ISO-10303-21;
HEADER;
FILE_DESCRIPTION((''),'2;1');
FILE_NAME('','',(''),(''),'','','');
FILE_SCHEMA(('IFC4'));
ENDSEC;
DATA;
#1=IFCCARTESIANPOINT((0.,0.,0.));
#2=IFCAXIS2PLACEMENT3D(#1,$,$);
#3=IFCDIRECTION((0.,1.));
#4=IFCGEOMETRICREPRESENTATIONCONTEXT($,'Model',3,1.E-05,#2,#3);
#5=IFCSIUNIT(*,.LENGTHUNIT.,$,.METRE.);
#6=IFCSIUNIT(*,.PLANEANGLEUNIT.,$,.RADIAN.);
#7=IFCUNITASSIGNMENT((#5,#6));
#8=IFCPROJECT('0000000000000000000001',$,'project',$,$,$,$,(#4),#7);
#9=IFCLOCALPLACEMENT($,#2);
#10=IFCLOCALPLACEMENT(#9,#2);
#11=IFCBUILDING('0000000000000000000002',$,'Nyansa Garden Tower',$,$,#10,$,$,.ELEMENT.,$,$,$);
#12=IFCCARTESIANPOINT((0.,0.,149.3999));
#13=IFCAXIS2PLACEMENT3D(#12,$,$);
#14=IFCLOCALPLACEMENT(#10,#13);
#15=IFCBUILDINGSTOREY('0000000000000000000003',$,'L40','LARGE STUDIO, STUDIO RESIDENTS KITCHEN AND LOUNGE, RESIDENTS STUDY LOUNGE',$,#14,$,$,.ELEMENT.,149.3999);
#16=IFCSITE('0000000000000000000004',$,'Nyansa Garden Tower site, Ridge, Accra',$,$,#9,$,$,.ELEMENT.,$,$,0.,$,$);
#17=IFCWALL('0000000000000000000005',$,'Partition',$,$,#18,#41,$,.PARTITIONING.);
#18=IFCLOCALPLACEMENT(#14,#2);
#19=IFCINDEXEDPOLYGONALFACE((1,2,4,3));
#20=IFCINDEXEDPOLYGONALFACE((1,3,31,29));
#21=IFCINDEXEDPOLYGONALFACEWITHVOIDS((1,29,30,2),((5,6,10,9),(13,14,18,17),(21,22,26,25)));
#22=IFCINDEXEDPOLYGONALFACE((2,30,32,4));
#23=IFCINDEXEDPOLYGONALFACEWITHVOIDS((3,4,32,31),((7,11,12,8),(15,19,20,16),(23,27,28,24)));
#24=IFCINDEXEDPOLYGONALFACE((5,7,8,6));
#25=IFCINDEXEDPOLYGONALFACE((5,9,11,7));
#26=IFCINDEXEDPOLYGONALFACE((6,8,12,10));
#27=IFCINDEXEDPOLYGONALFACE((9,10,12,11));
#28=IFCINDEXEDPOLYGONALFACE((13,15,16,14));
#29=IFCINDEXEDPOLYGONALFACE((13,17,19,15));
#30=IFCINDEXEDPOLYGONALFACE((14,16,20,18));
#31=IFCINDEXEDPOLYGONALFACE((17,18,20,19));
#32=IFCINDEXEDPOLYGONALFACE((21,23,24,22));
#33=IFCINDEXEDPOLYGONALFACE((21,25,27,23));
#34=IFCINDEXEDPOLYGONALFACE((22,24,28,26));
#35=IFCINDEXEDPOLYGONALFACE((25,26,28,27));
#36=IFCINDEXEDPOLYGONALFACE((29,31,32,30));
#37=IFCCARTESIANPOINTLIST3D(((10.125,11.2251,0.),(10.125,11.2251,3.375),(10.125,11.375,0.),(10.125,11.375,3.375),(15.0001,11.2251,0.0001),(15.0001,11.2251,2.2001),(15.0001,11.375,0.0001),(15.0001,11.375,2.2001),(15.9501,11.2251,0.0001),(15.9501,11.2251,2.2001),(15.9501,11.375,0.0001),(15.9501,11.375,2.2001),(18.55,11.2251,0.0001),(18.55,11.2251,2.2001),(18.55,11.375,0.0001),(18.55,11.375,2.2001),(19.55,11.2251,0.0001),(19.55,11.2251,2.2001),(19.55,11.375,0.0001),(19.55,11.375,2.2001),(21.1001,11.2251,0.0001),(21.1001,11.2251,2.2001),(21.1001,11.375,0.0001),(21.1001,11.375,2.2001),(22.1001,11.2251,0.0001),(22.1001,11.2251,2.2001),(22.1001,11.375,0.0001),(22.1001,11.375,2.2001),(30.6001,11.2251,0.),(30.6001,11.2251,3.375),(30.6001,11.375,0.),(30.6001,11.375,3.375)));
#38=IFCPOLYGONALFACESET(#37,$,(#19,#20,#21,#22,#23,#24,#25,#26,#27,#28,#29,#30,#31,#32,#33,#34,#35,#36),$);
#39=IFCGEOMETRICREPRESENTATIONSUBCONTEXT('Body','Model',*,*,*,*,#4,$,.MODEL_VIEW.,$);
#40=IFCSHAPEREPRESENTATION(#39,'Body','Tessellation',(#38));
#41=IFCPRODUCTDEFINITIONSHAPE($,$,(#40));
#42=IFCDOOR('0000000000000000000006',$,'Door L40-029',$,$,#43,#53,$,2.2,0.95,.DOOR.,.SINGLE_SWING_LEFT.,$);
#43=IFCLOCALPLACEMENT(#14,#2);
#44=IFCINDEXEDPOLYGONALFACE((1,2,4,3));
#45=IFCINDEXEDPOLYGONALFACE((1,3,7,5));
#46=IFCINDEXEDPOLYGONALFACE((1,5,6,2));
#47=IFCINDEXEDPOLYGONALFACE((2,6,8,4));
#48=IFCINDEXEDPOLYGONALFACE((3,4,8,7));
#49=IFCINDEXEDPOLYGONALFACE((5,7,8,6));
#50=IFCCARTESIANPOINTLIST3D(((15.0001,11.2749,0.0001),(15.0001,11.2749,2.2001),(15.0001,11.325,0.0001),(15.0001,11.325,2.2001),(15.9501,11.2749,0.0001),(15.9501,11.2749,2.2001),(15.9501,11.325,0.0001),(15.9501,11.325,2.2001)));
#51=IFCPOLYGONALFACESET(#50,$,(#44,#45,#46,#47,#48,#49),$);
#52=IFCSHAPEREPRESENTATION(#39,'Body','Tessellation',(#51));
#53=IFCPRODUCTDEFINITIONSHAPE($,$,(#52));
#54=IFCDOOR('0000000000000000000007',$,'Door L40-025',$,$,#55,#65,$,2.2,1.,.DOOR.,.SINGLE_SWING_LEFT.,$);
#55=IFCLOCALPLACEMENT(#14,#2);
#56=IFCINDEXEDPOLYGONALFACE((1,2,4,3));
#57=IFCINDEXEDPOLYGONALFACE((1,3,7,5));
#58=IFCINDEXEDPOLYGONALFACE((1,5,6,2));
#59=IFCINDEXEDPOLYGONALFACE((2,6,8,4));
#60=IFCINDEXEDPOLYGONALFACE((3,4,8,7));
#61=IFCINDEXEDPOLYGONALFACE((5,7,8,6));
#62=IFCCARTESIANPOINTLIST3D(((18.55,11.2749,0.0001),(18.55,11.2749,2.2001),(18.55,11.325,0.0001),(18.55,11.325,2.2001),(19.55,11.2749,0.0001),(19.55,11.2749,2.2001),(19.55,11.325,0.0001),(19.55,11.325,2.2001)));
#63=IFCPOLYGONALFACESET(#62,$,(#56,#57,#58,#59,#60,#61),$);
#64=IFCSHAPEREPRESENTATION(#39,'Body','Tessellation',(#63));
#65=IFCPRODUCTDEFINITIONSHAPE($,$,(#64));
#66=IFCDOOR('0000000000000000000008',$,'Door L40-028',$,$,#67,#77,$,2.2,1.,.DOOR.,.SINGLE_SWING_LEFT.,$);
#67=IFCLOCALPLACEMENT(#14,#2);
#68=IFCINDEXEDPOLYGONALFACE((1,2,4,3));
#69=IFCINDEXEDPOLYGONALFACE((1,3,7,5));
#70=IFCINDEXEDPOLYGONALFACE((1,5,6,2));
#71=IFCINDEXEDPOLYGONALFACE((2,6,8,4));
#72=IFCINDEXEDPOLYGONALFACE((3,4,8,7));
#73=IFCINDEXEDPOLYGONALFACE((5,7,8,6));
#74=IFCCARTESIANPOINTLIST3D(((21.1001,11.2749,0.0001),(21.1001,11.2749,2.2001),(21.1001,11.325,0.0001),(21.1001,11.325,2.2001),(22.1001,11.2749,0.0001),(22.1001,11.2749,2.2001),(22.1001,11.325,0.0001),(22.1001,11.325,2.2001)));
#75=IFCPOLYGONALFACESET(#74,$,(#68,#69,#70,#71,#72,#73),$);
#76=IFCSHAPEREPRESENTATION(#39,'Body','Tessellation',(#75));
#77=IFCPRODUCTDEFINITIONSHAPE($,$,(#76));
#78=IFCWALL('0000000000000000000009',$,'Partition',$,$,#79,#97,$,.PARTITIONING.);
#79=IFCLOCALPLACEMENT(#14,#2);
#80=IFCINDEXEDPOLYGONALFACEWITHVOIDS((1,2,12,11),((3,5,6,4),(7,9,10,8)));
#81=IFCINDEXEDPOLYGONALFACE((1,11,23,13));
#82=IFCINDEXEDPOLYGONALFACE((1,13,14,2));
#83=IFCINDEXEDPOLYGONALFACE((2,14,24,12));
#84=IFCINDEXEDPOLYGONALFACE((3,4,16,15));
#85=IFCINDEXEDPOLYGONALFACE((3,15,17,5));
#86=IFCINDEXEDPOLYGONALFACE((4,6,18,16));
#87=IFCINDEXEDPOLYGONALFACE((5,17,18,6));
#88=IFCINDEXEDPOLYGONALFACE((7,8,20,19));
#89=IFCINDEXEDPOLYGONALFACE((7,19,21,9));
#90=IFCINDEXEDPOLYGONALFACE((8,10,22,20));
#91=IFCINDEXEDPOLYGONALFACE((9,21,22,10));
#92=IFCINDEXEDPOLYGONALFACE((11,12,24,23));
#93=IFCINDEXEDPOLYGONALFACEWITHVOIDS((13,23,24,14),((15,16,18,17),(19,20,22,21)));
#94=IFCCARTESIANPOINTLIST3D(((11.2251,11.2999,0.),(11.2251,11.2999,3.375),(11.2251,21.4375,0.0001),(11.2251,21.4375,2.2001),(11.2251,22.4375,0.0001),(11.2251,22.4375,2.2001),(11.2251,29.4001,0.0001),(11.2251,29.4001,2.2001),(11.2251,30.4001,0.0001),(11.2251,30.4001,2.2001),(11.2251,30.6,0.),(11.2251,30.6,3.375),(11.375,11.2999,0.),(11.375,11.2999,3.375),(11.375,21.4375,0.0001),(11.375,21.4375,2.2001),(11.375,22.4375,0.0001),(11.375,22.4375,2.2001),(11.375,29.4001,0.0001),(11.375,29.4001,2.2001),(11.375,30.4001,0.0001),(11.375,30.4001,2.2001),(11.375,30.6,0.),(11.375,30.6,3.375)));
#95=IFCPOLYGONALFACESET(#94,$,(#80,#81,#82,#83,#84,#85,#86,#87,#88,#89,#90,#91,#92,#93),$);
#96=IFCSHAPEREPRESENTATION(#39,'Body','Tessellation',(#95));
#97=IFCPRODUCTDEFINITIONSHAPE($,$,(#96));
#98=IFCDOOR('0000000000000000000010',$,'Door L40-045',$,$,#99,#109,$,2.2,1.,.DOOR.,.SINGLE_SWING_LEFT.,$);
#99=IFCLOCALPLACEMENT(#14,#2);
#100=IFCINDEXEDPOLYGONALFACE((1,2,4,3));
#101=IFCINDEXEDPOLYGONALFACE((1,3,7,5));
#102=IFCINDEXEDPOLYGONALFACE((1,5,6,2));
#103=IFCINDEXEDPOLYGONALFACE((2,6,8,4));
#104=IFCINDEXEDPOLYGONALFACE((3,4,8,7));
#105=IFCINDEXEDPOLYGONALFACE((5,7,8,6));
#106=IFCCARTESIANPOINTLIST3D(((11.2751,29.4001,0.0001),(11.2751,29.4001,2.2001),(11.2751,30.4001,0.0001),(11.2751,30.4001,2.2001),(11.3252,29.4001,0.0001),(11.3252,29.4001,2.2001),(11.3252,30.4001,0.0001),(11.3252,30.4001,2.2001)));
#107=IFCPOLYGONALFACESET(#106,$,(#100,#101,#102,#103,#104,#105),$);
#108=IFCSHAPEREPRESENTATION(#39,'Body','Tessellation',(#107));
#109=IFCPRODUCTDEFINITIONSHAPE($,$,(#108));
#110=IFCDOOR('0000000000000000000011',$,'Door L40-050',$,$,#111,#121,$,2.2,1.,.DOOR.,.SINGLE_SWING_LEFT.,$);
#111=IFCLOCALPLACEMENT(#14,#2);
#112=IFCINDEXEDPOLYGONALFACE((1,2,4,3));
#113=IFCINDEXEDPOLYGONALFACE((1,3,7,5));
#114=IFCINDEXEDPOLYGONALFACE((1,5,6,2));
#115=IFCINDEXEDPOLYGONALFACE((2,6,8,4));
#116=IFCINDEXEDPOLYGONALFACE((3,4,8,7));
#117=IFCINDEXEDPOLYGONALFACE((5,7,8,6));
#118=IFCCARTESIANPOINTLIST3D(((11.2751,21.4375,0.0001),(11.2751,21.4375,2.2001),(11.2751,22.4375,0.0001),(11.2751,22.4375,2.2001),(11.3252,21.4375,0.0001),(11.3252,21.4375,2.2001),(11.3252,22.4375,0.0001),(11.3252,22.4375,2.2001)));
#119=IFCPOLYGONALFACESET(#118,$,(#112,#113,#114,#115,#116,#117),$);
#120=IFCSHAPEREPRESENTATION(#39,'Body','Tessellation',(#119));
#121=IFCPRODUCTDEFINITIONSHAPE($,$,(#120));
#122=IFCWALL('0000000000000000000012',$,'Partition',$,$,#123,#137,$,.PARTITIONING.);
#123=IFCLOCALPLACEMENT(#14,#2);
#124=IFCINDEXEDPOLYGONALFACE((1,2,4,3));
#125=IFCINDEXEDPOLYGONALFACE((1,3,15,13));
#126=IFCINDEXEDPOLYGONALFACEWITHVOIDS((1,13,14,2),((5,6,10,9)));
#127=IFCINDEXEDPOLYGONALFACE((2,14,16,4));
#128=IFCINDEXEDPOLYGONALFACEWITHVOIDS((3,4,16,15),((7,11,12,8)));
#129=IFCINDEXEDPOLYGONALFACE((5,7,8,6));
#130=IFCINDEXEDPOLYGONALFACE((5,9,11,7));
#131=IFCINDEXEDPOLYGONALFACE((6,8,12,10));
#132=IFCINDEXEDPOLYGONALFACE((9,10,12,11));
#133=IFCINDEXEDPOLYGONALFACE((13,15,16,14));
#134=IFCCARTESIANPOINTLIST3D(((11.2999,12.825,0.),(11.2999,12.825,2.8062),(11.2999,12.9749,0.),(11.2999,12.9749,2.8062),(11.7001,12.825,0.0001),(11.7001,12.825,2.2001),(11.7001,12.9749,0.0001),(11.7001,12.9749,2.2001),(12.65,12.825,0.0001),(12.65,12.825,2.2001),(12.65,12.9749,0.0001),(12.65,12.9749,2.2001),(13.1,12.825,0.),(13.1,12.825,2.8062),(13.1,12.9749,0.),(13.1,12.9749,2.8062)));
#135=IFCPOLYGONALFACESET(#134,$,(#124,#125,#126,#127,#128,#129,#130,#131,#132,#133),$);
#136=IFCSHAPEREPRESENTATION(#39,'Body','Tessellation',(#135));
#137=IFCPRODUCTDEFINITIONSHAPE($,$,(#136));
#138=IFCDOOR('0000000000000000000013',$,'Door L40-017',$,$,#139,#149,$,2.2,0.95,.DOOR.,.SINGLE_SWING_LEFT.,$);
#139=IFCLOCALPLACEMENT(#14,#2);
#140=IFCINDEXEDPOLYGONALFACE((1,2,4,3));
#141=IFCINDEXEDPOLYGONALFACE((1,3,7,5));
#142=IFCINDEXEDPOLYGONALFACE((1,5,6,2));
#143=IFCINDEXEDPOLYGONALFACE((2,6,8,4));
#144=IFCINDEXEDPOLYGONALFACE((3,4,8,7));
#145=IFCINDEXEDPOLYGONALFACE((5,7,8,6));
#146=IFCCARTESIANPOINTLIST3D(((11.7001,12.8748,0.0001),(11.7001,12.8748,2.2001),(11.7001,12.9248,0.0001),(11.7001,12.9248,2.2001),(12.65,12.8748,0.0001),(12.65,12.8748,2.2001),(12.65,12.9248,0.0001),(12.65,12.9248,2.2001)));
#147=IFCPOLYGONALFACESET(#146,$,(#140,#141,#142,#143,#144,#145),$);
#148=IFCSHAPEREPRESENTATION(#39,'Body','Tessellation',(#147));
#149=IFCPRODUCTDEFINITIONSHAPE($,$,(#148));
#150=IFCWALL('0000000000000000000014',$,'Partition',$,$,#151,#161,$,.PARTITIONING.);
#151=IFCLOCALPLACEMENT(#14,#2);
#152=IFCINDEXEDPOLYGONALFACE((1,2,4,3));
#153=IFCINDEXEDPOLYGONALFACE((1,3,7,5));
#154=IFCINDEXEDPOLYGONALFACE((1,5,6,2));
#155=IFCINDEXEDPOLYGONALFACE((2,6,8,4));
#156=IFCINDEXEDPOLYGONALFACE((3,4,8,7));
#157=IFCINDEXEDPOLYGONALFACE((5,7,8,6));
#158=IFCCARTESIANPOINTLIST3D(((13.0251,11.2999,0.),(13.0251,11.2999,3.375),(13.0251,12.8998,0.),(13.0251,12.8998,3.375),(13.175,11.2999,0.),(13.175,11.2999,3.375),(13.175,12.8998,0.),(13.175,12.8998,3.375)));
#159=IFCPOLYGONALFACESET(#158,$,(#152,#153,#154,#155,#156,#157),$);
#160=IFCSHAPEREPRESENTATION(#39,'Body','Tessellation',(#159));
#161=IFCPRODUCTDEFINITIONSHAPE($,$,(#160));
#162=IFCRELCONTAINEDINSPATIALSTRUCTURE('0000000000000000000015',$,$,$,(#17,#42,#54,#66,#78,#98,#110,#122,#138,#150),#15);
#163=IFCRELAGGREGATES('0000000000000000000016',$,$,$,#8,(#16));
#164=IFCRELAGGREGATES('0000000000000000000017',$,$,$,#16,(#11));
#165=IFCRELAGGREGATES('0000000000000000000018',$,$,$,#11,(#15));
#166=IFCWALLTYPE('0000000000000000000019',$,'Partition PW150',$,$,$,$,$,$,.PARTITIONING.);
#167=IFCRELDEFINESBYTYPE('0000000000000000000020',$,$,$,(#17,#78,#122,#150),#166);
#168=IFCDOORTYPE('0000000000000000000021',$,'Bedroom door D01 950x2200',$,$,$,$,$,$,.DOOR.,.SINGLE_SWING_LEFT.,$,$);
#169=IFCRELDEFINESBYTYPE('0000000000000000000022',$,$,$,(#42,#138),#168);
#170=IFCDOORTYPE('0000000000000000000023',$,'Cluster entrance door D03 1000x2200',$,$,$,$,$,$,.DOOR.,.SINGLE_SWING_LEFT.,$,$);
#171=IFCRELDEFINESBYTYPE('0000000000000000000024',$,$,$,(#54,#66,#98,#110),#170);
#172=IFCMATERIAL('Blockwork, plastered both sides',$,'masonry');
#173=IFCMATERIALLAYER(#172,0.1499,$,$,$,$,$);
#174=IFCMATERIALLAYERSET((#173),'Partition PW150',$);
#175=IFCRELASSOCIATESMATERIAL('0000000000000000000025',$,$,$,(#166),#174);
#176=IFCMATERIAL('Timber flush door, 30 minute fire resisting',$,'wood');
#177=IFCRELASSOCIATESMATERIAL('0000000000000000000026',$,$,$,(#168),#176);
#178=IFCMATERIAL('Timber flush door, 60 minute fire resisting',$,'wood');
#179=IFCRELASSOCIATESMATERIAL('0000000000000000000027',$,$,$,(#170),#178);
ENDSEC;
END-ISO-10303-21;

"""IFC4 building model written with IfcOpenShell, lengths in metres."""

from ifc_helpers import new_model, si_unit, direction, frame, frame_2d, origin, place, context, subcontext, project, spatial, rectangle, extrude, material, layer, layer_set, type_object, element, fill, save


model = new_model("IFC4")

# Units and contexts
model_context = context("Model", 3, precision=1e-05, world=origin(), true_north=direction((0.0, 1.0)))
body_context = subcontext(model_context, "Body", "Model", "MODEL_VIEW")
ifc_project = project(units=[si_unit("LENGTHUNIT", "METRE"), si_unit("PLANEANGLEUNIT", "RADIAN")], contexts=[model_context])

# Site, building, storey
site_placement = place(None, origin())
site = spatial("IfcSite", under=ifc_project, at=site_placement, Name="Nyansa Garden Tower site, Ridge, Accra", CompositionType="ELEMENT", RefElevation=0.0)
building_placement = place(site_placement, origin())
building = spatial("IfcBuilding", under=site, at=building_placement, Name="Nyansa Garden Tower", CompositionType="ELEMENT")
storey_placement = place(building_placement, frame((0.0, 0.0, 149.3999)))
storey = spatial("IfcBuildingStorey", under=building, at=storey_placement, Name="L40", Description="LARGE STUDIO, STUDIO RESIDENTS KITCHEN AND LOUNGE, RESIDENTS STUDY LOUNGE", CompositionType="ELEMENT", Elevation=149.3999)

# Shared definitions
ifc_material_1 = material(Name="Blockwork, plastered both sides", Category="masonry")
ifc_layer = layer(ifc_material_1, 0.1499)
ifc_layer_set = layer_set([ifc_layer], Name="Partition PW150")
wall_type = type_object("IfcWallType", Name="Partition PW150", PredefinedType="PARTITIONING", material=ifc_layer_set)

# Walls, openings, doors
wall_1_placement = place(storey_placement, frame((10.125, 11.3, 0.0), z_axis=(0.0, 0.0, 1.0), x_axis=(1.0, 0.0, 0.0)))
wall_1 = element("IfcWall", 1, at=wall_1_placement, inside=storey, type_object=wall_type, Name="Partition", PredefinedType="PARTITIONING", context=body_context, shape_type="SweptSolid", body=[
    extrude(rectangle(XDim=20.4751, YDim=0.1499, at=frame_2d((10.2375, 0.0))), origin(), (0.0, 0.0, 1.0), 3.375),
])
opening_1_placement = place(wall_1_placement, frame((8.425, 0.0, 0.0)))
opening_1 = element("IfcOpeningElement", 2, at=opening_1_placement, cuts=wall_1, PredefinedType="OPENING", context=body_context, shape_type="SweptSolid", body=[
    extrude(rectangle(XDim=1.0, YDim=2.2, at=frame_2d((0.5, 1.1001))), frame((0.0, 0.085, 0.0), z_axis=(0.0, -1.0, 0.0), x_axis=(1.0, 0.0, 0.0)), (0.0, 0.0, 1.0), 0.1699),
])
opening_2_placement = place(wall_1_placement, frame((10.9751, 0.0, 0.0)))
opening_2 = element("IfcOpeningElement", 3, at=opening_2_placement, cuts=wall_1, PredefinedType="OPENING", context=body_context, shape_type="SweptSolid", body=[
    extrude(rectangle(XDim=1.0, YDim=2.2, at=frame_2d((0.5, 1.1001))), frame((0.0, 0.085, 0.0), z_axis=(0.0, -1.0, 0.0), x_axis=(1.0, 0.0, 0.0)), (0.0, 0.0, 1.0), 0.1699),
])
opening_3_placement = place(wall_1_placement, frame((4.875, 0.0, 0.0)))
opening_3 = element("IfcOpeningElement", 4, at=opening_3_placement, cuts=wall_1, PredefinedType="OPENING", context=body_context, shape_type="SweptSolid", body=[
    extrude(rectangle(XDim=0.95, YDim=2.2, at=frame_2d((0.4751, 1.1001))), frame((0.0, 0.085, 0.0), z_axis=(0.0, -1.0, 0.0), x_axis=(1.0, 0.0, 0.0)), (0.0, 0.0, 1.0), 0.1699),
])
ifc_material_2 = material(Name="Timber flush door, 30 minute fire resisting", Category="wood")
door_type_1 = type_object("IfcDoorType", Name="Bedroom door D01 950x2200", OperationType="SINGLE_SWING_LEFT", PredefinedType="DOOR", material=ifc_material_2)
door_1_placement = place(opening_3_placement, origin())
door_1 = element("IfcDoor", 5, at=door_1_placement, inside=storey, type_object=door_type_1, Name="Door L40-029", OperationType="SINGLE_SWING_LEFT", OverallHeight=2.2, OverallWidth=0.95, PredefinedType="DOOR", context=body_context, shape_type="SweptSolid", body=[
    extrude(rectangle(XDim=0.95, YDim=2.2, at=frame_2d((0.4751, 1.1001))), frame((0.0, 0.0249, 0.0), z_axis=(0.0, -1.0, 0.0), x_axis=(1.0, 0.0, 0.0)), (0.0, 0.0, 1.0), 0.05),
])
fill(opening_3, door_1)
ifc_material_3 = material(Name="Timber flush door, 60 minute fire resisting", Category="wood")
door_type_2 = type_object("IfcDoorType", Name="Cluster entrance door D03 1000x2200", OperationType="SINGLE_SWING_LEFT", PredefinedType="DOOR", material=ifc_material_3)
door_2_placement = place(opening_1_placement, origin())
door_2 = element("IfcDoor", 6, at=door_2_placement, inside=storey, type_object=door_type_2, Name="Door L40-025", OperationType="SINGLE_SWING_LEFT", OverallHeight=2.2, OverallWidth=1.0, PredefinedType="DOOR", context=body_context, shape_type="SweptSolid", body=[
    extrude(rectangle(XDim=1.0, YDim=2.2, at=frame_2d((0.5, 1.1001))), frame((0.0, 0.0249, 0.0), z_axis=(0.0, -1.0, 0.0), x_axis=(1.0, 0.0, 0.0)), (0.0, 0.0, 1.0), 0.05),
])
fill(opening_1, door_2)
door_3_placement = place(opening_2_placement, origin())
door_3 = element("IfcDoor", 7, at=door_3_placement, inside=storey, type_object=door_type_2, Name="Door L40-028", OperationType="SINGLE_SWING_LEFT", OverallHeight=2.2, OverallWidth=1.0, PredefinedType="DOOR", context=body_context, shape_type="SweptSolid", body=[
    extrude(rectangle(XDim=1.0, YDim=2.2, at=frame_2d((0.5, 1.1001))), frame((0.0, 0.0249, 0.0), z_axis=(0.0, -1.0, 0.0), x_axis=(1.0, 0.0, 0.0)), (0.0, 0.0, 1.0), 0.05),
])
fill(opening_2, door_3)
wall_2_placement = place(storey_placement, frame((11.3, 11.3, 0.0), z_axis=(0.0, 0.0, 1.0), x_axis=(0.0, 1.0, 0.0)))
wall_2 = element("IfcWall", 8, at=wall_2_placement, inside=storey, type_object=wall_type, Name="Partition", PredefinedType="PARTITIONING", context=body_context, shape_type="SweptSolid", body=[
    extrude(rectangle(XDim=19.3, YDim=0.1499, at=frame_2d((9.6499, 0.0))), origin(), (0.0, 0.0, 1.0), 3.375),
])
opening_4_placement = place(wall_2_placement, frame((18.1001, 0.0, 0.0)))
opening_4 = element("IfcOpeningElement", 9, at=opening_4_placement, cuts=wall_2, PredefinedType="OPENING", context=body_context, shape_type="SweptSolid", body=[
    extrude(rectangle(XDim=1.0, YDim=2.2, at=frame_2d((0.5, 1.1001))), frame((0.0, 0.085, 0.0), z_axis=(0.0, -1.0, 0.0), x_axis=(1.0, 0.0, 0.0)), (0.0, 0.0, 1.0), 0.1699),
])
opening_5_placement = place(wall_2_placement, frame((10.1375, 0.0, 0.0)))
opening_5 = element("IfcOpeningElement", 10, at=opening_5_placement, cuts=wall_2, PredefinedType="OPENING", context=body_context, shape_type="SweptSolid", body=[
    extrude(rectangle(XDim=1.0, YDim=2.2, at=frame_2d((0.5, 1.1001))), frame((0.0, 0.085, 0.0), z_axis=(0.0, -1.0, 0.0), x_axis=(1.0, 0.0, 0.0)), (0.0, 0.0, 1.0), 0.1699),
])
door_4_placement = place(opening_4_placement, origin())
door_4 = element("IfcDoor", 11, at=door_4_placement, inside=storey, type_object=door_type_2, Name="Door L40-045", OperationType="SINGLE_SWING_LEFT", OverallHeight=2.2, OverallWidth=1.0, PredefinedType="DOOR", context=body_context, shape_type="SweptSolid", body=[
    extrude(rectangle(XDim=1.0, YDim=2.2, at=frame_2d((0.5, 1.1001))), frame((0.0, 0.0249, 0.0), z_axis=(0.0, -1.0, 0.0), x_axis=(1.0, 0.0, 0.0)), (0.0, 0.0, 1.0), 0.05),
])
fill(opening_4, door_4)
door_5_placement = place(opening_5_placement, origin())
door_5 = element("IfcDoor", 12, at=door_5_placement, inside=storey, type_object=door_type_2, Name="Door L40-050", OperationType="SINGLE_SWING_LEFT", OverallHeight=2.2, OverallWidth=1.0, PredefinedType="DOOR", context=body_context, shape_type="SweptSolid", body=[
    extrude(rectangle(XDim=1.0, YDim=2.2, at=frame_2d((0.5, 1.1001))), frame((0.0, 0.0249, 0.0), z_axis=(0.0, -1.0, 0.0), x_axis=(1.0, 0.0, 0.0)), (0.0, 0.0, 1.0), 0.05),
])
fill(opening_5, door_5)

# Wall, opening, door
wall_3_placement = place(storey_placement, frame((11.3, 12.8999, 0.0), z_axis=(0.0, 0.0, 1.0), x_axis=(1.0, 0.0, 0.0)))
wall_3 = element("IfcWall", 13, at=wall_3_placement, inside=storey, type_object=wall_type, Name="Partition", PredefinedType="PARTITIONING", context=body_context, shape_type="SweptSolid", body=[
    extrude(rectangle(XDim=1.8, YDim=0.1499, at=frame_2d((0.8999, 0.0))), origin(), (0.0, 0.0, 1.0), 2.8062),
])
opening_6_placement = place(wall_3_placement, frame((0.3999, 0.0, 0.0)))
opening_6 = element("IfcOpeningElement", 14, at=opening_6_placement, cuts=wall_3, PredefinedType="OPENING", context=body_context, shape_type="SweptSolid", body=[
    extrude(rectangle(XDim=0.95, YDim=2.2, at=frame_2d((0.4751, 1.1001))), frame((0.0, 0.085, 0.0), z_axis=(0.0, -1.0, 0.0), x_axis=(1.0, 0.0, 0.0)), (0.0, 0.0, 1.0), 0.1699),
])
door_6_placement = place(opening_6_placement, origin())
door_6 = element("IfcDoor", 15, at=door_6_placement, inside=storey, type_object=door_type_1, Name="Door L40-017", OperationType="SINGLE_SWING_LEFT", OverallHeight=2.2, OverallWidth=0.95, PredefinedType="DOOR", context=body_context, shape_type="SweptSolid", body=[
    extrude(rectangle(XDim=0.95, YDim=2.2, at=frame_2d((0.4751, 1.1001))), frame((0.0, 0.0249, 0.0), z_axis=(0.0, -1.0, 0.0), x_axis=(1.0, 0.0, 0.0)), (0.0, 0.0, 1.0), 0.05),
])
fill(opening_6, door_6)

# Wall
wall_4_placement = place(storey_placement, frame((13.1001, 11.3, 0.0), z_axis=(0.0, 0.0, 1.0), x_axis=(0.0, 1.0, 0.0)))
element("IfcWall", 16, at=wall_4_placement, inside=storey, type_object=wall_type, Name="Partition", PredefinedType="PARTITIONING", context=body_context, shape_type="SweptSolid", body=[
    extrude(rectangle(XDim=1.5999, YDim=0.1499, at=frame_2d((0.7998, 0.0))), origin(), (0.0, 0.0, 1.0), 3.375),
])

save(model, "model.ifc")
